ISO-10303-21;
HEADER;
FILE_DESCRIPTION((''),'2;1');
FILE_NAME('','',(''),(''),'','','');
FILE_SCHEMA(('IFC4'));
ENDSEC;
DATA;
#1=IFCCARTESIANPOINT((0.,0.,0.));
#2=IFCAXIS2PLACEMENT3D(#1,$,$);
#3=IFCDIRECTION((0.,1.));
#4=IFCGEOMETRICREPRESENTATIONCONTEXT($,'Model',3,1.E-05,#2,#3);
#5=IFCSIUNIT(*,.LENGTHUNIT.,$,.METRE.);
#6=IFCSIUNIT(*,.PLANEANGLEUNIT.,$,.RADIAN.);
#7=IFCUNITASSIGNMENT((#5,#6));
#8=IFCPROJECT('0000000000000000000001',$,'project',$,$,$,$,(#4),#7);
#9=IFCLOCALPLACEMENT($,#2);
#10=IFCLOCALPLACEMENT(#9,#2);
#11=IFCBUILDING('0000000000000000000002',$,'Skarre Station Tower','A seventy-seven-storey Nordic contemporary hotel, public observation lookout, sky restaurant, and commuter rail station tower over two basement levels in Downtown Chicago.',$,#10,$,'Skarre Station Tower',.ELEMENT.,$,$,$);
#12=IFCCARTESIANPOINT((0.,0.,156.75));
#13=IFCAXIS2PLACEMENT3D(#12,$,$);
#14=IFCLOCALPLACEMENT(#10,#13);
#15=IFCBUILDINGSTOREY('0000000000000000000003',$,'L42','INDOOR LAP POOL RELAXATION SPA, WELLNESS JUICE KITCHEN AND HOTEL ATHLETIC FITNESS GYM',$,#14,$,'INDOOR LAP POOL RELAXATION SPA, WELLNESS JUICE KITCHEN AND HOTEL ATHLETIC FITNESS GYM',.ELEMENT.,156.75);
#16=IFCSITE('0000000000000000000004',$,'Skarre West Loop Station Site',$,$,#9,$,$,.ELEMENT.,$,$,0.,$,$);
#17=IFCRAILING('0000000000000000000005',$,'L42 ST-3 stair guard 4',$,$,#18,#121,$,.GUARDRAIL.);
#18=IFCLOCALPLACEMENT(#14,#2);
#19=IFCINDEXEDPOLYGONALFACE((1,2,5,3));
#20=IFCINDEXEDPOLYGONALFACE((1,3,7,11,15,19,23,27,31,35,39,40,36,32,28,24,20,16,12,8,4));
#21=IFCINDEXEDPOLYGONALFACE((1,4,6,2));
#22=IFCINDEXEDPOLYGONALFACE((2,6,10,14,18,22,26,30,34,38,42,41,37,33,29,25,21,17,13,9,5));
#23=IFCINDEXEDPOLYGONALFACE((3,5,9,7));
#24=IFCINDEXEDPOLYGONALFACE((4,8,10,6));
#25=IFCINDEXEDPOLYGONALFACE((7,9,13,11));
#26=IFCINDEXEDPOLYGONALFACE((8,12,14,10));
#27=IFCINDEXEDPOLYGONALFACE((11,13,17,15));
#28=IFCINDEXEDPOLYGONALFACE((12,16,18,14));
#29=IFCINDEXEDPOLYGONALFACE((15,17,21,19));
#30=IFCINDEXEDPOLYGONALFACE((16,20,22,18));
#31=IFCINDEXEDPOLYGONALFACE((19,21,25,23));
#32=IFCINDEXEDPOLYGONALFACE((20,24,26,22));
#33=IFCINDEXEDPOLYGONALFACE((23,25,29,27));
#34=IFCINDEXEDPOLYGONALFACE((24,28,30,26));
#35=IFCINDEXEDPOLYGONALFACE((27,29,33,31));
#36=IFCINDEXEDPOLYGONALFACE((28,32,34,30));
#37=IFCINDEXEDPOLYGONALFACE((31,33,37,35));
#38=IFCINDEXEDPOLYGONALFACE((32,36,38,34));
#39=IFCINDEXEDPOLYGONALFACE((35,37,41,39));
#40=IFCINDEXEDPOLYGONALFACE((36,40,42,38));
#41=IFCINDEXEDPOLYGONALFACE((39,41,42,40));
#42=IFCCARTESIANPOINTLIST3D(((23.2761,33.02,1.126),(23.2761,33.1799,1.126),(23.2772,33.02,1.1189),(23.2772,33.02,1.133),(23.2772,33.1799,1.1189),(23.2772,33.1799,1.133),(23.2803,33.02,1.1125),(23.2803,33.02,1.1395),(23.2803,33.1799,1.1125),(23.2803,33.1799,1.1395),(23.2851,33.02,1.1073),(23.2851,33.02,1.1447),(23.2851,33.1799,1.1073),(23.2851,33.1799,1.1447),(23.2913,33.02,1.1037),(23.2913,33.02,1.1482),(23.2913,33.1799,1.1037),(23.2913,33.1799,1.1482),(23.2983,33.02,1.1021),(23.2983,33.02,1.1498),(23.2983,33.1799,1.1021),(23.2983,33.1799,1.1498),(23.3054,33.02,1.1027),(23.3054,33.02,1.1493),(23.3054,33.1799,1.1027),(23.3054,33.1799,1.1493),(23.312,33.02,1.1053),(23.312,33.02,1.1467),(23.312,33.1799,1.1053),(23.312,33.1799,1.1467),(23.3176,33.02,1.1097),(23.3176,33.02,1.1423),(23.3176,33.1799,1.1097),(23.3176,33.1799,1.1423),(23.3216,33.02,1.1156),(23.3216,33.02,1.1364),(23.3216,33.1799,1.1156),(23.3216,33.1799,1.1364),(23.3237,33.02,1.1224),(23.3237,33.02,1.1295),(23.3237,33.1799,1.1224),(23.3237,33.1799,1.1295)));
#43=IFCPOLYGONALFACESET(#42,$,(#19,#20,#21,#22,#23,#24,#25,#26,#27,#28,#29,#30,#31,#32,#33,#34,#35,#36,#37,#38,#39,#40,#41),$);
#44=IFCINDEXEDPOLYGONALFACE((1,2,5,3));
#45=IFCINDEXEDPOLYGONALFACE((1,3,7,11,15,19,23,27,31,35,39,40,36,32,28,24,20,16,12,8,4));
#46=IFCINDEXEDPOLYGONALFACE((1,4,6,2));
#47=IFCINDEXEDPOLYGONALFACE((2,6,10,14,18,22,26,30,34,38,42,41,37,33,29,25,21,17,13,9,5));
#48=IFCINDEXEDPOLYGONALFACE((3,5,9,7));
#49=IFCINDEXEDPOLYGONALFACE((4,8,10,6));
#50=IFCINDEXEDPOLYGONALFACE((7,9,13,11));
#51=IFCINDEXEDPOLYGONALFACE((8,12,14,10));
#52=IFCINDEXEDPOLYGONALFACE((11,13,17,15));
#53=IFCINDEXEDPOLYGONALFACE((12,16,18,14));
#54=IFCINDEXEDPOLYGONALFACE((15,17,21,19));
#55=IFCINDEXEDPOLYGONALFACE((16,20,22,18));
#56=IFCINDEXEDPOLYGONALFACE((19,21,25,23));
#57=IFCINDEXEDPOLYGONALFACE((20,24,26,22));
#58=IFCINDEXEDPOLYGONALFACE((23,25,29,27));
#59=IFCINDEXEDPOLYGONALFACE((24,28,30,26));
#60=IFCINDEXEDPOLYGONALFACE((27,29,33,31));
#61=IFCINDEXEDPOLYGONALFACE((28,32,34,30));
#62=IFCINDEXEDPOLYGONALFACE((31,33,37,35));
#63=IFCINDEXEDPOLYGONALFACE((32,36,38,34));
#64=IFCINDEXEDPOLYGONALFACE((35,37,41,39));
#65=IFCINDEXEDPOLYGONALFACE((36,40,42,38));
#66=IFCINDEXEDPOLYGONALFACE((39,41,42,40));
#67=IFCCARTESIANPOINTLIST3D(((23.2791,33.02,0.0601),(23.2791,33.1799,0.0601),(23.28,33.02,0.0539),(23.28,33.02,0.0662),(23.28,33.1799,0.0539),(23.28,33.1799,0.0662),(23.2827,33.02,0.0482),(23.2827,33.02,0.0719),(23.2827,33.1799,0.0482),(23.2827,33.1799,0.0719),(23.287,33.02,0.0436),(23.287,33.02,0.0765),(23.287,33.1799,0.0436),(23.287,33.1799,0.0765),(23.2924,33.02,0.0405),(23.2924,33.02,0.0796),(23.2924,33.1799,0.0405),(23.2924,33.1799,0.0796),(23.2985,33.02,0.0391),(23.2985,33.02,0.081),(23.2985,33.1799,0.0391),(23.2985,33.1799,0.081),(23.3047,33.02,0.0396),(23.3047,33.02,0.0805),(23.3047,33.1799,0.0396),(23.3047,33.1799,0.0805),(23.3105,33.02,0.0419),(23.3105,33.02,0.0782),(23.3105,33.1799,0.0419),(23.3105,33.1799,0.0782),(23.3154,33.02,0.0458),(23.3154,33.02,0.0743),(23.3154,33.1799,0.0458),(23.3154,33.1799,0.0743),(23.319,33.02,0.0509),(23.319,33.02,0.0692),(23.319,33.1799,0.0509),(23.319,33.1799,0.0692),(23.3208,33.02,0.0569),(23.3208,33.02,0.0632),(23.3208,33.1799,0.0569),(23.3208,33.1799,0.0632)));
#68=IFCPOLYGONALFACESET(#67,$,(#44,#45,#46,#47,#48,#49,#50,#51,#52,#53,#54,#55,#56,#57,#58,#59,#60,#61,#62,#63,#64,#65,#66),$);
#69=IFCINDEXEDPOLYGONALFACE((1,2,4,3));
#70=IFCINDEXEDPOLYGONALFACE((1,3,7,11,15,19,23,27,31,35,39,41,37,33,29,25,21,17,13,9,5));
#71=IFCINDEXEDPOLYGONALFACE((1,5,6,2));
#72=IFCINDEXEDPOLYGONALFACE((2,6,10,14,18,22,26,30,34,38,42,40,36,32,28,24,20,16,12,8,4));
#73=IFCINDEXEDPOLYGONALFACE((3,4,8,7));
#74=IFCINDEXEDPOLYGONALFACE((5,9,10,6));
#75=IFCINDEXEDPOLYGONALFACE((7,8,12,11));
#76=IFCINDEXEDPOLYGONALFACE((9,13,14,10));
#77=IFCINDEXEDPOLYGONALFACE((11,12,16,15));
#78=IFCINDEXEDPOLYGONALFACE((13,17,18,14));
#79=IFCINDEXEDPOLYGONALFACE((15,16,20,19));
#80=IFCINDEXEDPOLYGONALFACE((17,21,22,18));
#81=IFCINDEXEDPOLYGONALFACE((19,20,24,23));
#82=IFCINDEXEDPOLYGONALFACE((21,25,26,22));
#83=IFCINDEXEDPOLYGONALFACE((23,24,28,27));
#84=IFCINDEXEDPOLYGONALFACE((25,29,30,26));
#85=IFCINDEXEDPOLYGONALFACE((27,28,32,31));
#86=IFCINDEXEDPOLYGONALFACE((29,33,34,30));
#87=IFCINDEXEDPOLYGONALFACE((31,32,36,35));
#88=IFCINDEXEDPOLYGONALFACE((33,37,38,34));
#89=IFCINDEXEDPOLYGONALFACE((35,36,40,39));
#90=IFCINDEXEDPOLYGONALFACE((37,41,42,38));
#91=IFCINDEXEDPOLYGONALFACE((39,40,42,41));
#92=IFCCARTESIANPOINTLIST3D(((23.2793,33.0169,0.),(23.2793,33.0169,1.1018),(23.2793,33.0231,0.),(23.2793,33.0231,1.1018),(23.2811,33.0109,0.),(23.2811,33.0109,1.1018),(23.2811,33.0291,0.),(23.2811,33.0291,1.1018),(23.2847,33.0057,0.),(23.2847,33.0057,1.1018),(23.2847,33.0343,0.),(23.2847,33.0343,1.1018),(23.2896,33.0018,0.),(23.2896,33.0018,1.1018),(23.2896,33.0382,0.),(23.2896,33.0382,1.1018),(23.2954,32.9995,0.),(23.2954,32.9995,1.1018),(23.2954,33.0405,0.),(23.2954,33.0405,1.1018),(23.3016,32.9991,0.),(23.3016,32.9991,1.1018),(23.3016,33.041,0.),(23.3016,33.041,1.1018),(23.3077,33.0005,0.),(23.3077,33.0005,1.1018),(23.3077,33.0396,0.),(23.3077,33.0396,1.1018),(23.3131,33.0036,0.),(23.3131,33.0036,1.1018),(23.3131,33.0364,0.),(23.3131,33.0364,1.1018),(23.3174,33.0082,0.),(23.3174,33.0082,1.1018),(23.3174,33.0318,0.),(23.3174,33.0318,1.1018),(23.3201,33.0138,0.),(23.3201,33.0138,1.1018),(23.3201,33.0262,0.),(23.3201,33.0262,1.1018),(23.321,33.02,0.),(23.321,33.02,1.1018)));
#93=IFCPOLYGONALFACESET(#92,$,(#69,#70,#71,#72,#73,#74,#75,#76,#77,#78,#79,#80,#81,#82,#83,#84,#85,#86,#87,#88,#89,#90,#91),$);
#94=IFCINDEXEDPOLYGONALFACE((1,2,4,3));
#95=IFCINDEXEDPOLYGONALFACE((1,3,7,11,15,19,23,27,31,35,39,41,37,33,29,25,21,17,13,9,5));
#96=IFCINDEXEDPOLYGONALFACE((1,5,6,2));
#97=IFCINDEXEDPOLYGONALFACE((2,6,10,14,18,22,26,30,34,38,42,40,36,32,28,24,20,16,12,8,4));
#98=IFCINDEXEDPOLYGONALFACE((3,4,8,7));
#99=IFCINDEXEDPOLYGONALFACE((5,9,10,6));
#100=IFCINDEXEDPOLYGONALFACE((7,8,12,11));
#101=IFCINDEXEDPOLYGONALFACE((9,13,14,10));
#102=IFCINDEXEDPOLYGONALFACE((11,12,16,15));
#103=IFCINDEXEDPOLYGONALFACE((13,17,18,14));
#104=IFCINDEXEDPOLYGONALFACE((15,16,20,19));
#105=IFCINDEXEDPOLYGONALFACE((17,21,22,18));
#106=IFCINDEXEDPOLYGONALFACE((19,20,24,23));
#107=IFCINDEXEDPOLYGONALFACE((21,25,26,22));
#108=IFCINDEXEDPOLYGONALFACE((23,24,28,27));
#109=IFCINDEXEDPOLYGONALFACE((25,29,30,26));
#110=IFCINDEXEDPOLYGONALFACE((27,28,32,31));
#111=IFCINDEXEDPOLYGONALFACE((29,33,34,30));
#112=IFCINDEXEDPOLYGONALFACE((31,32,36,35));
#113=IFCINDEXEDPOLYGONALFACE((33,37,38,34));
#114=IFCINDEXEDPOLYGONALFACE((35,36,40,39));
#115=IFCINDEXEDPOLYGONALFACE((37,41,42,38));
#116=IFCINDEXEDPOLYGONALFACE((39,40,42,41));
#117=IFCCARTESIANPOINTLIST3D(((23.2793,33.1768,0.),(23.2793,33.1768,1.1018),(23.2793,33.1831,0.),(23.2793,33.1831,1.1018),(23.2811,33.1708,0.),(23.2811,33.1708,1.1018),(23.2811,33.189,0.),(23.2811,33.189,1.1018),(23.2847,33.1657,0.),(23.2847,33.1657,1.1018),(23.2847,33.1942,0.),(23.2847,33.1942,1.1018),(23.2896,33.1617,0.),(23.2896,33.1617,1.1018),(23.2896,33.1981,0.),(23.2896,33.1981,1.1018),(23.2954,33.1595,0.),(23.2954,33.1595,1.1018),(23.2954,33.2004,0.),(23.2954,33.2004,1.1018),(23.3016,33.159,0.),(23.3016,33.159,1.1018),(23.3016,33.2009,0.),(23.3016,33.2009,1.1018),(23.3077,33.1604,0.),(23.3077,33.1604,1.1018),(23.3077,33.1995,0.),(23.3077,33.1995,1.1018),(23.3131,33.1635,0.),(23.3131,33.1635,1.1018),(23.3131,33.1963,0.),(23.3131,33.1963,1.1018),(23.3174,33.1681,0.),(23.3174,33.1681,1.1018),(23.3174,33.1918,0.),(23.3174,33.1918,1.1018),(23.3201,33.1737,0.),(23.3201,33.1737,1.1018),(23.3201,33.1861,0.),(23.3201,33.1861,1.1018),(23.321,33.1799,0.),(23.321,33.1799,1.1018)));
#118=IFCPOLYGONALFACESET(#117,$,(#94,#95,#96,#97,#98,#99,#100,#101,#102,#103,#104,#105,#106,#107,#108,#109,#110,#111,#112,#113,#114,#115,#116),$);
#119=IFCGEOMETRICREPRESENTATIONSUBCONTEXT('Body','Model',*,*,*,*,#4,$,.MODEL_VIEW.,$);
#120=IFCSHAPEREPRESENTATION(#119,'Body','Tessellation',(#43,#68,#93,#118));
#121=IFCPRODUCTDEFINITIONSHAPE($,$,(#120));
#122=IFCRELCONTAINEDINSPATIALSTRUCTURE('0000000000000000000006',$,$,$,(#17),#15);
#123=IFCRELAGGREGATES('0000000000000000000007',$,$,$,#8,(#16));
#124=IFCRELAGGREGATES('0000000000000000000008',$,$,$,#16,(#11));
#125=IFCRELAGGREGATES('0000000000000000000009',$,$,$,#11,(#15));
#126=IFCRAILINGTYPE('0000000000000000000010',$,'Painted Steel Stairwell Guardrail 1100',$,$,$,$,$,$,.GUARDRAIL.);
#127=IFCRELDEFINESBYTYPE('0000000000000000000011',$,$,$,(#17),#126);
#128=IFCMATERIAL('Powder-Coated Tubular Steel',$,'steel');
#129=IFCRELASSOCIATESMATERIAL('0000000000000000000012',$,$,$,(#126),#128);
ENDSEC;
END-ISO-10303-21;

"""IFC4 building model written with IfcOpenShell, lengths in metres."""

from ifc_helpers import new_model, si_unit, direction, frame, origin, origin_2d, place, context, subcontext, project, spatial, circle, extrude, material, type_object, element, save


model = new_model("IFC4")

# Units and contexts
model_context = context("Model", 3, precision=1e-05, world=origin(), true_north=direction((0.0, 1.0)))
body_context = subcontext(model_context, "Body", "Model", "MODEL_VIEW")
ifc_project = project(units=[si_unit("LENGTHUNIT", "METRE"), si_unit("PLANEANGLEUNIT", "RADIAN")], contexts=[model_context])

# Site, building, storey
site_placement = place(None, origin())
site = spatial("IfcSite", under=ifc_project, at=site_placement, Name="Skarre West Loop Station Site", CompositionType="ELEMENT", RefElevation=0.0)
building_placement = place(site_placement, origin())
building = spatial("IfcBuilding", under=site, at=building_placement, Name="Skarre Station Tower", Description="A seventy-seven-storey Nordic contemporary hotel, public observation lookout, sky restaurant, and commuter rail station tower over two basement levels in Downtown Chicago.", LongName="Skarre Station Tower", CompositionType="ELEMENT")
storey_placement = place(building_placement, frame((0.0, 0.0, 156.75)))
storey = spatial("IfcBuildingStorey", under=building, at=storey_placement, Name="L42", Description="INDOOR LAP POOL RELAXATION SPA, WELLNESS JUICE KITCHEN AND HOTEL ATHLETIC FITNESS GYM", LongName="INDOOR LAP POOL RELAXATION SPA, WELLNESS JUICE KITCHEN AND HOTEL ATHLETIC FITNESS GYM", CompositionType="ELEMENT", Elevation=156.75)

# Railing
ifc_material_1 = material(Name="Powder-Coated Tubular Steel", Category="steel")
railing_type_1 = type_object("IfcRailingType", Name="Painted Steel Stairwell Guardrail 1100", PredefinedType="GUARDRAIL", material=ifc_material_1)
railing_1_placement = place(storey_placement, frame((23.3, 33.02, 0.0)))
element("IfcRailing", 1, at=railing_1_placement, inside=storey, type_object=railing_type_1, Name="L42 ST-3 stair guard 4", PredefinedType="GUARDRAIL", context=body_context, shape_type="SweptSolid", body=[
    extrude(circle(Radius=0.0239, at=origin_2d()), frame((0.0, 0.0, 1.126), z_axis=(0.0, 1.0, 0.0), x_axis=(-1.0, 0.0, 0.0)), (0.0, 0.0, 1.0), 0.1599),
    extrude(circle(Radius=0.021, at=origin_2d()), frame((0.0, 0.0, 0.0601), z_axis=(0.0, 1.0, 0.0), x_axis=(-1.0, 0.0, 0.0)), (0.0, 0.0, 1.0), 0.1599),
    extrude(circle(Radius=0.021, at=origin_2d()), origin(), (0.0, 0.0, 1.0), 1.1018),
    extrude(circle(Radius=0.021, at=origin_2d()), frame((0.0, 0.1599, 0.0)), (0.0, 0.0, 1.0), 1.1018),
])

save(model, "model.ifc")
